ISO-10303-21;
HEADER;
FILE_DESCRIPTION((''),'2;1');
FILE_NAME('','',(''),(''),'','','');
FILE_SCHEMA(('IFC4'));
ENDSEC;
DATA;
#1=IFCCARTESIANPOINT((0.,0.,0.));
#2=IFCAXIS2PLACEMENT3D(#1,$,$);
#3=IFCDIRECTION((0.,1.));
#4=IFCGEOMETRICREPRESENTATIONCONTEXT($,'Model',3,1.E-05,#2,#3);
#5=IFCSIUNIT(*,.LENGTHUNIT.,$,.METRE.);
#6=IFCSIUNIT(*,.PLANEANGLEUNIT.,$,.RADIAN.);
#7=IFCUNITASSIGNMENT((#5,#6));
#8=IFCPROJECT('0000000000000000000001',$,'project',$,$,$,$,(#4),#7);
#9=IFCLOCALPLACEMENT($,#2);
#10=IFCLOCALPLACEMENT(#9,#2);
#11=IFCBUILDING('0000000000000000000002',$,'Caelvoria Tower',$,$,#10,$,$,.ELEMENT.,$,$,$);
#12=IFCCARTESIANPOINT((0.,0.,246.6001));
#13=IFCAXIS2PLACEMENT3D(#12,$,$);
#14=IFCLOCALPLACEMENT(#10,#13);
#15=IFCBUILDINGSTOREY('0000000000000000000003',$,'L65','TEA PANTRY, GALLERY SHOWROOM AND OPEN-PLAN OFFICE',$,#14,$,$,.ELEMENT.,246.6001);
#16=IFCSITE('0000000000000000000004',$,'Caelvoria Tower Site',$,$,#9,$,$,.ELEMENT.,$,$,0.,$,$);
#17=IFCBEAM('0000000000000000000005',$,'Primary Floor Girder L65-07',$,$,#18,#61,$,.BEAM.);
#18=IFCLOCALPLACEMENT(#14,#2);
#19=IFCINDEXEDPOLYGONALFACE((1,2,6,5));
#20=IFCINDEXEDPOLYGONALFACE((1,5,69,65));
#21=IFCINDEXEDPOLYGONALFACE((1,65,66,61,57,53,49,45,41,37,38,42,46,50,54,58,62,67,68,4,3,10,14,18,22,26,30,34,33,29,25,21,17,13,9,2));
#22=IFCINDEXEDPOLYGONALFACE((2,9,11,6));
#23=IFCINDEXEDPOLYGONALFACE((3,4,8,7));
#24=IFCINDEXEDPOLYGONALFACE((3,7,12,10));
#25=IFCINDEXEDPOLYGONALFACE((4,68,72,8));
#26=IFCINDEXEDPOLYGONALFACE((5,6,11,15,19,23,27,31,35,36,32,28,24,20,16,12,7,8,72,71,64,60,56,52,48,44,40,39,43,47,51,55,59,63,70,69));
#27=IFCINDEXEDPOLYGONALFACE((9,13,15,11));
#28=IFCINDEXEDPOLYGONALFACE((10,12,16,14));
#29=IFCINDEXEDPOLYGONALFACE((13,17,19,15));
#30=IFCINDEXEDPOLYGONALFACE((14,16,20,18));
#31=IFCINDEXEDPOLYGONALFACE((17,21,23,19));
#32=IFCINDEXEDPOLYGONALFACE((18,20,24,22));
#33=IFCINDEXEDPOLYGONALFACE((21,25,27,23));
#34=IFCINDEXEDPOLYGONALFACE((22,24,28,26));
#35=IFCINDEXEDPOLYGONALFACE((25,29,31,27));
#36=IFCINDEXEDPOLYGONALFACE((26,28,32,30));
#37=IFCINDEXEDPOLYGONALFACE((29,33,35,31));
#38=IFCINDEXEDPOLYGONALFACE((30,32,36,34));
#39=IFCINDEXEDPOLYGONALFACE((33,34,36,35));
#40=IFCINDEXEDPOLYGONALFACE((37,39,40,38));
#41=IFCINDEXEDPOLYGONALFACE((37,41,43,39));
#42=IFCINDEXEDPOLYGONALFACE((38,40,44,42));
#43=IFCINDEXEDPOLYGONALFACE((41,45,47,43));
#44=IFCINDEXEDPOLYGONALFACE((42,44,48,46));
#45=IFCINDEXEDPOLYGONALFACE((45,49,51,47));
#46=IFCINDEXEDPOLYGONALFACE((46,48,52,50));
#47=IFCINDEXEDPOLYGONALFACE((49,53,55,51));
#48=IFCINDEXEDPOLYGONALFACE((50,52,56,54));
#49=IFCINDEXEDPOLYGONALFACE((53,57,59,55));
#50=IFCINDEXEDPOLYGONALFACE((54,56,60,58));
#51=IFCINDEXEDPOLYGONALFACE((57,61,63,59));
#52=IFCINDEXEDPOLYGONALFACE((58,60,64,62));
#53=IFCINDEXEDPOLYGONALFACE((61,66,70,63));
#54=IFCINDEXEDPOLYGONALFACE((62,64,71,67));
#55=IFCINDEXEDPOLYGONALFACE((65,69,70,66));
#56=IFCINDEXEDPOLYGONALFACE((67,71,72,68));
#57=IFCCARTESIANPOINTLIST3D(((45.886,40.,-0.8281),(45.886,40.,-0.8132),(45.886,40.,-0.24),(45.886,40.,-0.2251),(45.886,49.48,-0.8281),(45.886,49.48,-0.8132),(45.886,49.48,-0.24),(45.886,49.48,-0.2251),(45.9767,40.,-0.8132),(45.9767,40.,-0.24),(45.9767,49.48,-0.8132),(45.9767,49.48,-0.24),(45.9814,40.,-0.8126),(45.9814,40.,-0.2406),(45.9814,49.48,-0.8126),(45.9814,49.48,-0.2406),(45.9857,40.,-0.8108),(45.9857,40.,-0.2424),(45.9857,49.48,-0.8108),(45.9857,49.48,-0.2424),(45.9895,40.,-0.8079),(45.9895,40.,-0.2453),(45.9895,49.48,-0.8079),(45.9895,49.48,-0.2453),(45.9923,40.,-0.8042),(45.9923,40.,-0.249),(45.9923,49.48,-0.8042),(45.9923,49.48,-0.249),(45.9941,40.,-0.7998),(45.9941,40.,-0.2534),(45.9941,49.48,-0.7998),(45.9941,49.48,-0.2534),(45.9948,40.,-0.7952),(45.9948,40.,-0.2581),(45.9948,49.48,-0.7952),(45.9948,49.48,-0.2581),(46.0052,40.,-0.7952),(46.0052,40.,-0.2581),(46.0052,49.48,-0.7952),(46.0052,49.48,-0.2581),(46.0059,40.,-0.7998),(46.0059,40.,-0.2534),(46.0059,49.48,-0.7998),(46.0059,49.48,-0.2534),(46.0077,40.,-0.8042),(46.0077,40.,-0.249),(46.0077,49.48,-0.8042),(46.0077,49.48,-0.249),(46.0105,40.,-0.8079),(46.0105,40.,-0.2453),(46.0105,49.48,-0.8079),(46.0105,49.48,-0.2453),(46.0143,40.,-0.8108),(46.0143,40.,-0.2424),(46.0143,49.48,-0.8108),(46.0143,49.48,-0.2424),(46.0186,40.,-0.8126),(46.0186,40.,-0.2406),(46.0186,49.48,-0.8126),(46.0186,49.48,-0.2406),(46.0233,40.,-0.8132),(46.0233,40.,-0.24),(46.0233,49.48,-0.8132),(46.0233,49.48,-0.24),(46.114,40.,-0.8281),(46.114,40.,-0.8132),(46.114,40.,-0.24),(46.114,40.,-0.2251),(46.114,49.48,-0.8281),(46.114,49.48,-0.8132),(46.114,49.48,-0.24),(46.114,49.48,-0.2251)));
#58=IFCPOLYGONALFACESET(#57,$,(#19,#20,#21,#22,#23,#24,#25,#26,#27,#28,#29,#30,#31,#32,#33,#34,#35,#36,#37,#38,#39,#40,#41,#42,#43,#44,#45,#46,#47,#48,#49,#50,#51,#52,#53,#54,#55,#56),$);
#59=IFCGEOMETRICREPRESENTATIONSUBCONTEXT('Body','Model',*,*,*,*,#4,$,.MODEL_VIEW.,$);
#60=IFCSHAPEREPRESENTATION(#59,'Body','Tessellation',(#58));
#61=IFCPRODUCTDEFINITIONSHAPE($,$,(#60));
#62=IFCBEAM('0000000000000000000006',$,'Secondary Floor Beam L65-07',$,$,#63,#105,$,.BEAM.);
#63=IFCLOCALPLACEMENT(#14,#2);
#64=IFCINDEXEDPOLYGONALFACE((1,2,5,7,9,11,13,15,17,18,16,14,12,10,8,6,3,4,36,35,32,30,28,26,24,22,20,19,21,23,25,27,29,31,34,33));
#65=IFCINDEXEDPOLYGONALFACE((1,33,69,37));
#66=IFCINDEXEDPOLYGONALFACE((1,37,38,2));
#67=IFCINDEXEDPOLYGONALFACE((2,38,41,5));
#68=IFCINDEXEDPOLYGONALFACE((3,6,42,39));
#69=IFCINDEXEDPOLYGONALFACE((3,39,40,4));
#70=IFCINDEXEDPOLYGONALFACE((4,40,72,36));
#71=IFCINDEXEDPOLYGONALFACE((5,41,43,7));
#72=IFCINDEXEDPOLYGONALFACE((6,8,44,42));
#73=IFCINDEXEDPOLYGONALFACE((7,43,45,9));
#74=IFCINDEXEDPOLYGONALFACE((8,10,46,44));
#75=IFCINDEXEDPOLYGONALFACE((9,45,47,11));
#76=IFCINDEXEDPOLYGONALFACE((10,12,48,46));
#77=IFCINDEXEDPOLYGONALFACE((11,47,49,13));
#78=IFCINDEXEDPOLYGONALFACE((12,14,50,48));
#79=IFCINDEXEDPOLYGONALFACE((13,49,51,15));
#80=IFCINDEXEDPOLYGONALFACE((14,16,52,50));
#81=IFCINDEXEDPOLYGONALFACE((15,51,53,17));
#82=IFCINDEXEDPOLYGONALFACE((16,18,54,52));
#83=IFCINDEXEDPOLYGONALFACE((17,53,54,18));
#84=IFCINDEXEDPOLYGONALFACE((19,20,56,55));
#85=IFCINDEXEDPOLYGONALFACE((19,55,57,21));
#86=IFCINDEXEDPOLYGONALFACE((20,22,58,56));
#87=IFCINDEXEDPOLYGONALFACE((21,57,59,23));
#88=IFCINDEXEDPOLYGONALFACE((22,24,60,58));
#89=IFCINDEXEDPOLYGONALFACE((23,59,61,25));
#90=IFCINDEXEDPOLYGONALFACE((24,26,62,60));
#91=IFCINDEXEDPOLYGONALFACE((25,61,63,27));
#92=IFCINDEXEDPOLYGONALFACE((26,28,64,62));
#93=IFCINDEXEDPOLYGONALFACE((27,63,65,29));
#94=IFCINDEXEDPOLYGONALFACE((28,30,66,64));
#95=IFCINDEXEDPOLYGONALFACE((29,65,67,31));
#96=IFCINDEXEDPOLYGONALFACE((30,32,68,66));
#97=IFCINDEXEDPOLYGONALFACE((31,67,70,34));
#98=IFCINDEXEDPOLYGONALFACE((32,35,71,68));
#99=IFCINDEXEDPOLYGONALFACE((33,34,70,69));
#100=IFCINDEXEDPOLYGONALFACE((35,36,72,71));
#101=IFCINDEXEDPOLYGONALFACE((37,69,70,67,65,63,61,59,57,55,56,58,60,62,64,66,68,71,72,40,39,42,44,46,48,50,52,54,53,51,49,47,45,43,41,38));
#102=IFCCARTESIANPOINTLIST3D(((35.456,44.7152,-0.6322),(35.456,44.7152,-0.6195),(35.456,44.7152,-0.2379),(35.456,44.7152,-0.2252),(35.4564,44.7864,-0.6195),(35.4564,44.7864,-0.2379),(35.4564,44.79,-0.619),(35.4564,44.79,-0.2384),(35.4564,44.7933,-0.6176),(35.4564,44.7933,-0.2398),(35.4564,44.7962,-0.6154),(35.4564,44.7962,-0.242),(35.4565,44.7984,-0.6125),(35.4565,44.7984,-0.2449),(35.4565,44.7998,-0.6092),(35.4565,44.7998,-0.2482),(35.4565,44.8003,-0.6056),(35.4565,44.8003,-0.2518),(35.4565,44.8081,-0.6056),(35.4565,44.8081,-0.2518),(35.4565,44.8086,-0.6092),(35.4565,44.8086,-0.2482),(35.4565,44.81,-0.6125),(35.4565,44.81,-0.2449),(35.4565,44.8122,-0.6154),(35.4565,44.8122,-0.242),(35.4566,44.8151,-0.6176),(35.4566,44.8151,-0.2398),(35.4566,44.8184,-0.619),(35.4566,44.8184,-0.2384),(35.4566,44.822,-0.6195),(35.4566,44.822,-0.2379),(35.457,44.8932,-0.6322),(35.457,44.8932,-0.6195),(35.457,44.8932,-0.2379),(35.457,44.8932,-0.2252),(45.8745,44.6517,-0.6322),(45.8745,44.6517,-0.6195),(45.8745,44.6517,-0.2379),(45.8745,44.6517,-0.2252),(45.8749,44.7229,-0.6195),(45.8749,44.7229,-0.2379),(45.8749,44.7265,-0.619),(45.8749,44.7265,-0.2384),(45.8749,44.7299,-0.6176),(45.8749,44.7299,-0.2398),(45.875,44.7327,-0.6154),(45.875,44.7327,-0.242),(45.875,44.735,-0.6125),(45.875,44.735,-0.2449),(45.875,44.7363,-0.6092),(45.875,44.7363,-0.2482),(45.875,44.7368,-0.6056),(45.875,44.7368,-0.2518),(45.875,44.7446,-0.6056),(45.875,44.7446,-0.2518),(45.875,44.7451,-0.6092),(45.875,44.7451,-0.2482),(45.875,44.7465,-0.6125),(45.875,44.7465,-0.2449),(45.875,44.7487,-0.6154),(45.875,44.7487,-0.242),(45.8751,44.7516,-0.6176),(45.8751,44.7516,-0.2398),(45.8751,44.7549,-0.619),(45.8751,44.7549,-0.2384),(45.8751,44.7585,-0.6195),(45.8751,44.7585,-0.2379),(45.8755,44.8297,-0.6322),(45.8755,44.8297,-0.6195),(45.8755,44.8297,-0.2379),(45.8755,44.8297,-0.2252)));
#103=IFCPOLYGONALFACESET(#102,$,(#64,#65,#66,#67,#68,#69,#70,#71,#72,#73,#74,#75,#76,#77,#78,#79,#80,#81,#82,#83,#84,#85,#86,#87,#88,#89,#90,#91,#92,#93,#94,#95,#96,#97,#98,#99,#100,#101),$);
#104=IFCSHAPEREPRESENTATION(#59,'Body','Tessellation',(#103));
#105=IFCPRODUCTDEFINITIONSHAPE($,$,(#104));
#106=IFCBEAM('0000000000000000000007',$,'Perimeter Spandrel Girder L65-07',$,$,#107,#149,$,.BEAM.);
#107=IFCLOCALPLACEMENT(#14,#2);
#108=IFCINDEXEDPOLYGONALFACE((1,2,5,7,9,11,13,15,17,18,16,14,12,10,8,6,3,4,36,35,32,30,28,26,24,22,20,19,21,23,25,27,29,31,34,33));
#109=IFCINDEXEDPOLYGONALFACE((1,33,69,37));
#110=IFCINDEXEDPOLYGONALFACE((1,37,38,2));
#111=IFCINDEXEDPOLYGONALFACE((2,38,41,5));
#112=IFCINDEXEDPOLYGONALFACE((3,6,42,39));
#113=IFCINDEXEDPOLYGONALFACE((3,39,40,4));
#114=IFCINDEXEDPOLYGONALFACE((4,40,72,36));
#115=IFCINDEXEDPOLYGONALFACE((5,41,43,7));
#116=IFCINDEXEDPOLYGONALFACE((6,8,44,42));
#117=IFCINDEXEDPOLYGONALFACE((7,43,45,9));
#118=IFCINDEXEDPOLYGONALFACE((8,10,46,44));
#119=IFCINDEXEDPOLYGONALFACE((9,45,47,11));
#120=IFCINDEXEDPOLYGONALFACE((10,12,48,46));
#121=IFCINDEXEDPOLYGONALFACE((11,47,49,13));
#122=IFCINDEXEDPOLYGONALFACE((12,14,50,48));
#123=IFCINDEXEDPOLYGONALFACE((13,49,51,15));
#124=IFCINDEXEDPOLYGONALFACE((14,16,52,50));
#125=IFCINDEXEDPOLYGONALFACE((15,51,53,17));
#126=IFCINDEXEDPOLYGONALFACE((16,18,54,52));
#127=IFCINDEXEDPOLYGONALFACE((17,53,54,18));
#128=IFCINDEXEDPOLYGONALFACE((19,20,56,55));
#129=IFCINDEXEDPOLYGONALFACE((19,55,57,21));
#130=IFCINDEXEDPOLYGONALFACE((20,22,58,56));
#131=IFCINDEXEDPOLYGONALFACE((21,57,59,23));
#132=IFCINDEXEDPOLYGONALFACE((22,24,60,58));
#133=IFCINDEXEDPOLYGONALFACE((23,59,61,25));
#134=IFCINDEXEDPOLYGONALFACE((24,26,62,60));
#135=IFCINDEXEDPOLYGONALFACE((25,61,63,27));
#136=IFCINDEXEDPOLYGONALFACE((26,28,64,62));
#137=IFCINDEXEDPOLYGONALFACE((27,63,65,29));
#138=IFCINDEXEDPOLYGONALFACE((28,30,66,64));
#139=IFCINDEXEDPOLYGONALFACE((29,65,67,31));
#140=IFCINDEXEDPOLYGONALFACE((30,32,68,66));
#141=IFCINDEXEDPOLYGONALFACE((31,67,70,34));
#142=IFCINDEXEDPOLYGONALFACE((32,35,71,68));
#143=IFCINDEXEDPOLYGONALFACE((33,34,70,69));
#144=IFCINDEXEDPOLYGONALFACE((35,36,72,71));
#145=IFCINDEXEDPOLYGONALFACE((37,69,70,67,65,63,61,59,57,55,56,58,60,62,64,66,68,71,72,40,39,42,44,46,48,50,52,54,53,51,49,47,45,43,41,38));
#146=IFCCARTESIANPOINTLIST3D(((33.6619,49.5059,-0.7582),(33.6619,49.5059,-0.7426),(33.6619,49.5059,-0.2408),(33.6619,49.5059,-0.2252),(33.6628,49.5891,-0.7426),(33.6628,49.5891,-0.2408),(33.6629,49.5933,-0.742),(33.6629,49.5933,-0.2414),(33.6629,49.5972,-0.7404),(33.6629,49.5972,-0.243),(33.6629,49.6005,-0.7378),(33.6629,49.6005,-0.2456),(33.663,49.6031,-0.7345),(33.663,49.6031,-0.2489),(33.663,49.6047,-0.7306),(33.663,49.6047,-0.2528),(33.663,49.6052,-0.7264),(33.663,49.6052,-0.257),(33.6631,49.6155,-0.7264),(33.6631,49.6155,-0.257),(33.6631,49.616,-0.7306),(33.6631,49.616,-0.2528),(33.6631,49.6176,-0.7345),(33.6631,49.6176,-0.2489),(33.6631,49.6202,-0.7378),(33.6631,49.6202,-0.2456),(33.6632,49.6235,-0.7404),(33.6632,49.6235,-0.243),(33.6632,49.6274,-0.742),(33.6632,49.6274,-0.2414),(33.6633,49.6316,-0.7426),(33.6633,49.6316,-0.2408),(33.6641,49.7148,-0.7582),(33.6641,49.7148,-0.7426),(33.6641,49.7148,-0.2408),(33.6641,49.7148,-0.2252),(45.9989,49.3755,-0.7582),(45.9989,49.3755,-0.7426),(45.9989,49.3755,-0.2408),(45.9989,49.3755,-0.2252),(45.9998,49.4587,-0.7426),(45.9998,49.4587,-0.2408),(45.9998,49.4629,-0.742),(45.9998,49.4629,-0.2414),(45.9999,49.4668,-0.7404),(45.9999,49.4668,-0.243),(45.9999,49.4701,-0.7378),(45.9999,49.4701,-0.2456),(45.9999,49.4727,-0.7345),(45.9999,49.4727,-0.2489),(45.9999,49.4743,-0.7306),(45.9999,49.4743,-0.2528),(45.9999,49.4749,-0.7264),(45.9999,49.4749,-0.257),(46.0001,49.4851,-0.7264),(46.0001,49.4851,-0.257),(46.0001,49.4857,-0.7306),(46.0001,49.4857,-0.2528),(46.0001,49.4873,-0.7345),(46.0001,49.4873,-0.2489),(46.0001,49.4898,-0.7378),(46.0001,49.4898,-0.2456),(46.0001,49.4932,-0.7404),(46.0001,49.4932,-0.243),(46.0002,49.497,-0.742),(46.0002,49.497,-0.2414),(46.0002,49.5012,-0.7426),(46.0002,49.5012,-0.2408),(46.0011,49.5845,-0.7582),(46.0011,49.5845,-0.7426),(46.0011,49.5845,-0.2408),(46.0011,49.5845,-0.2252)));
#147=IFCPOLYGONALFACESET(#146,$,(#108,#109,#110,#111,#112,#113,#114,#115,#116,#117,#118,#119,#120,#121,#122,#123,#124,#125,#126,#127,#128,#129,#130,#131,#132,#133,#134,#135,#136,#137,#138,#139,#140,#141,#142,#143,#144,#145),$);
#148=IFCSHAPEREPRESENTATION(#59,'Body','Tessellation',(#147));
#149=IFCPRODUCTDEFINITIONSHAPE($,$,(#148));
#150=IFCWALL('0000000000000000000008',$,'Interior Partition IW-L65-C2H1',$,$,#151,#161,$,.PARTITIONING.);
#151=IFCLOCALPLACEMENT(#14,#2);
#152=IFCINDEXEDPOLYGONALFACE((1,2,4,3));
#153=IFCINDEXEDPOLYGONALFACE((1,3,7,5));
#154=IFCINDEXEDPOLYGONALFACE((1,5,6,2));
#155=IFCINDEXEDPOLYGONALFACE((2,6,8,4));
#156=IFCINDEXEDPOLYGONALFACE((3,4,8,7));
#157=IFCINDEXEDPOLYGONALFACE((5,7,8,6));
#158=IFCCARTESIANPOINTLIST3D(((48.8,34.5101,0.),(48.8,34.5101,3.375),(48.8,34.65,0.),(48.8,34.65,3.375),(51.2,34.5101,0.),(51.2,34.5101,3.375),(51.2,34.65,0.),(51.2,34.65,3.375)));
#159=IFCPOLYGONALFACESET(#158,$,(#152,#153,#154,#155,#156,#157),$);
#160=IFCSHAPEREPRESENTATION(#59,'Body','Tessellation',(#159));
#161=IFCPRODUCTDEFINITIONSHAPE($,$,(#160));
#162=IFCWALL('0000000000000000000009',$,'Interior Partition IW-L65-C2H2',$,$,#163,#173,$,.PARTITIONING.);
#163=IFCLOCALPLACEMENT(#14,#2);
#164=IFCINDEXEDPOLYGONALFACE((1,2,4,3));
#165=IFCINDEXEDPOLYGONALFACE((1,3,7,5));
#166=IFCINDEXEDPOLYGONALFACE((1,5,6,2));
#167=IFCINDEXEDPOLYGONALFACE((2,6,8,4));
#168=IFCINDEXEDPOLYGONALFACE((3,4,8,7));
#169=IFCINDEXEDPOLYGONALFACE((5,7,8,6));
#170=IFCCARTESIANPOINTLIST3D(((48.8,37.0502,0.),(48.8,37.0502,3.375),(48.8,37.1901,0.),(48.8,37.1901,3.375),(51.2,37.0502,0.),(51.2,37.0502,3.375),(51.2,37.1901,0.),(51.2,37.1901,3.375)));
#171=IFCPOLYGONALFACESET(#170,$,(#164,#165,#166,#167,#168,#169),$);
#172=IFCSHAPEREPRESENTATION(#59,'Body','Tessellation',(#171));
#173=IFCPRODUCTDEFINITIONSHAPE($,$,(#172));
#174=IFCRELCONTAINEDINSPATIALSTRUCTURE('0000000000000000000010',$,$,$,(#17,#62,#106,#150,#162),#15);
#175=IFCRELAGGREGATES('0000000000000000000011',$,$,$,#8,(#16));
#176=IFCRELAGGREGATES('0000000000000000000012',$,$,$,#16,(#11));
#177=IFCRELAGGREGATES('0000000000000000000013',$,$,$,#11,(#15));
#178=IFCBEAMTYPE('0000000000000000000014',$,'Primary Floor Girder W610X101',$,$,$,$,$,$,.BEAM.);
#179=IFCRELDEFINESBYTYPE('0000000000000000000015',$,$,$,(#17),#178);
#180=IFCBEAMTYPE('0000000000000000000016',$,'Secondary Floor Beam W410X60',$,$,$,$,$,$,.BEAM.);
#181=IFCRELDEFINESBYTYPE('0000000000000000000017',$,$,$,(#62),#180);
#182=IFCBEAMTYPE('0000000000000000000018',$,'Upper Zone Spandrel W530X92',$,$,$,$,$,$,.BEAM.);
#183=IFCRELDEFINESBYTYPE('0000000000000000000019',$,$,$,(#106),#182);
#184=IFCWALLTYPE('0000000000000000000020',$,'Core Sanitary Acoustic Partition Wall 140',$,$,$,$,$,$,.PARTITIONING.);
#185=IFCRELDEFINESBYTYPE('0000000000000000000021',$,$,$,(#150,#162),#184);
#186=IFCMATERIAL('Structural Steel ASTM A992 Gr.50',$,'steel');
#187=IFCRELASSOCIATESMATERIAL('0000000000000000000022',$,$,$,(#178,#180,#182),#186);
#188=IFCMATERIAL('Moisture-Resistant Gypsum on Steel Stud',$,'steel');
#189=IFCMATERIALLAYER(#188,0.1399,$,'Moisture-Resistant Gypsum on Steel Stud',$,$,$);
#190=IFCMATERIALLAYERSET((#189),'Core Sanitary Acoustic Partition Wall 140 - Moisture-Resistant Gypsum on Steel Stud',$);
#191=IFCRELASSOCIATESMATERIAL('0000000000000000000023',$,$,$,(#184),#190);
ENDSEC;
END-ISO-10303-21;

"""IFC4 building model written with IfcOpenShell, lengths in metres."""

from ifc_helpers import new_model, si_unit, direction, frame, frame_2d, origin, origin_2d, place, context, subcontext, project, spatial, rectangle, i_section, extrude, material, layer, layer_set, material_profile, profile_set, type_object, element, save


model = new_model("IFC4")

# Units and contexts
model_context = context("Model", 3, precision=1e-05, world=origin(), true_north=direction((0.0, 1.0)))
body_context = subcontext(model_context, "Body", "Model", "MODEL_VIEW")
ifc_project = project(units=[si_unit("LENGTHUNIT", "METRE"), si_unit("PLANEANGLEUNIT", "RADIAN")], contexts=[model_context])

# Site, building, storey
site_placement = place(None, origin())
site = spatial("IfcSite", under=ifc_project, at=site_placement, Name="Caelvoria Tower Site", CompositionType="ELEMENT", RefElevation=0.0)
building_placement = place(site_placement, origin())
building = spatial("IfcBuilding", under=site, at=building_placement, Name="Caelvoria Tower", CompositionType="ELEMENT")
storey_placement = place(building_placement, frame((0.0, 0.0, 246.6001)))
storey = spatial("IfcBuildingStorey", under=building, at=storey_placement, Name="L65", Description="TEA PANTRY, GALLERY SHOWROOM AND OPEN-PLAN OFFICE", CompositionType="ELEMENT", Elevation=246.6001)

# Shared definitions
ifc_material_1 = material(Name="Structural Steel ASTM A992 Gr.50", Category="steel")

# Beams
ifc_material_profile_1 = material_profile(ifc_material_1, i_section(OverallWidth=0.228, OverallDepth=0.603, WebThickness=0.0105, FlangeThickness=0.0149, FilletRadius=0.0181, at=origin_2d()), Name="Structural Steel ASTM A992 Gr.50")
ifc_profile_set_1 = profile_set([ifc_material_profile_1], Name="W610X101 - Structural Steel ASTM A992 Gr.50")
beam_type_1 = type_object("IfcBeamType", Name="Primary Floor Girder W610X101", PredefinedType="BEAM", material=ifc_profile_set_1)
beam_1_placement = place(storey_placement, frame((46.0, 40.0, -0.5266), z_axis=(0.0, 1.0, 0.0), x_axis=(-1.0, 0.0, 0.0)))
element("IfcBeam", 1, at=beam_1_placement, inside=storey, type_object=beam_type_1, Name="Primary Floor Girder L65-07", PredefinedType="BEAM", context=body_context, shape_type="SweptSolid", body=[
    extrude(i_section(OverallWidth=0.228, OverallDepth=0.603, WebThickness=0.0105, FlangeThickness=0.0149, FilletRadius=0.0181, at=origin_2d()), origin(), (0.0, 0.0, 1.0), 9.48),
])
ifc_material_profile_2 = material_profile(ifc_material_1, i_section(OverallWidth=0.178, OverallDepth=0.407, WebThickness=0.0078, FlangeThickness=0.0127, FilletRadius=0.0139, at=origin_2d()), Name="Structural Steel ASTM A992 Gr.50")
ifc_profile_set_2 = profile_set([ifc_material_profile_2], Name="W410X60 - Structural Steel ASTM A992 Gr.50")
beam_type_2 = type_object("IfcBeamType", Name="Secondary Floor Beam W410X60", PredefinedType="BEAM", material=ifc_profile_set_2)
beam_2_placement = place(storey_placement, frame((45.875, 44.7407, -0.4287), z_axis=(-0.999981, 0.006093, 0.0), x_axis=(-0.006093, -0.999981, 0.0)))
element("IfcBeam", 2, at=beam_2_placement, inside=storey, type_object=beam_type_2, Name="Secondary Floor Beam L65-07", PredefinedType="BEAM", context=body_context, shape_type="SweptSolid", body=[
    extrude(i_section(OverallWidth=0.178, OverallDepth=0.407, WebThickness=0.0078, FlangeThickness=0.0127, FilletRadius=0.0139, at=origin_2d()), origin(), (0.0, 0.0, 1.0), 10.4187),
])
ifc_material_profile_3 = material_profile(ifc_material_1, i_section(OverallWidth=0.209, OverallDepth=0.533, WebThickness=0.0103, FlangeThickness=0.0156, FilletRadius=0.0161, at=origin_2d()), Name="Structural Steel ASTM A992 Gr.50")
ifc_profile_set_3 = profile_set([ifc_material_profile_3], Name="W530X92 - Structural Steel ASTM A992 Gr.50")
beam_type_3 = type_object("IfcBeamType", Name="Upper Zone Spandrel W530X92", PredefinedType="BEAM", material=ifc_profile_set_3)
beam_3_placement = place(storey_placement, frame((46.0, 49.48, -0.4917), z_axis=(-0.999944, 0.010567, 0.0), x_axis=(-0.010567, -0.999944, 0.0)))
element("IfcBeam", 3, at=beam_3_placement, inside=storey, type_object=beam_type_3, Name="Perimeter Spandrel Girder L65-07", PredefinedType="BEAM", context=body_context, shape_type="SweptSolid", body=[
    extrude(i_section(OverallWidth=0.209, OverallDepth=0.533, WebThickness=0.0103, FlangeThickness=0.0156, FilletRadius=0.0161, at=origin_2d()), origin(), (0.0, 0.0, 1.0), 12.3376),
])

# Shared definitions
ifc_material_2 = material(Name="Moisture-Resistant Gypsum on Steel Stud", Category="steel")
ifc_layer_1 = layer(ifc_material_2, 0.1399, Name="Moisture-Resistant Gypsum on Steel Stud")
ifc_layer_set_1 = layer_set([ifc_layer_1], Name="Core Sanitary Acoustic Partition Wall 140 - Moisture-Resistant Gypsum on Steel Stud")
wall_type_1 = type_object("IfcWallType", Name="Core Sanitary Acoustic Partition Wall 140", PredefinedType="PARTITIONING", material=ifc_layer_set_1)

# Walls
for number, where, z_axis, x_axis, name in (
    (4, (48.8, 34.5801, 0.0), (0.0, 0.0, 1.0), (1.0, 0.0, 0.0), "Interior Partition IW-L65-C2H1"),
    (5, (48.8, 37.1201, 0.0), (0.0, 0.0, 1.0), (1.0, 0.0, 0.0), "Interior Partition IW-L65-C2H2"),
):
    element("IfcWall", number, at=place(storey_placement, frame(where, z_axis=z_axis, x_axis=x_axis)), inside=storey, type_object=wall_type_1, Name=name, PredefinedType="PARTITIONING", context=body_context, shape_type="SweptSolid", body=[
        extrude(rectangle(XDim=2.3999, YDim=0.1399, at=frame_2d((1.2, 0.0))), origin(), (0.0, 0.0, 1.0), 3.375),
    ])

save(model, "model.ifc")
